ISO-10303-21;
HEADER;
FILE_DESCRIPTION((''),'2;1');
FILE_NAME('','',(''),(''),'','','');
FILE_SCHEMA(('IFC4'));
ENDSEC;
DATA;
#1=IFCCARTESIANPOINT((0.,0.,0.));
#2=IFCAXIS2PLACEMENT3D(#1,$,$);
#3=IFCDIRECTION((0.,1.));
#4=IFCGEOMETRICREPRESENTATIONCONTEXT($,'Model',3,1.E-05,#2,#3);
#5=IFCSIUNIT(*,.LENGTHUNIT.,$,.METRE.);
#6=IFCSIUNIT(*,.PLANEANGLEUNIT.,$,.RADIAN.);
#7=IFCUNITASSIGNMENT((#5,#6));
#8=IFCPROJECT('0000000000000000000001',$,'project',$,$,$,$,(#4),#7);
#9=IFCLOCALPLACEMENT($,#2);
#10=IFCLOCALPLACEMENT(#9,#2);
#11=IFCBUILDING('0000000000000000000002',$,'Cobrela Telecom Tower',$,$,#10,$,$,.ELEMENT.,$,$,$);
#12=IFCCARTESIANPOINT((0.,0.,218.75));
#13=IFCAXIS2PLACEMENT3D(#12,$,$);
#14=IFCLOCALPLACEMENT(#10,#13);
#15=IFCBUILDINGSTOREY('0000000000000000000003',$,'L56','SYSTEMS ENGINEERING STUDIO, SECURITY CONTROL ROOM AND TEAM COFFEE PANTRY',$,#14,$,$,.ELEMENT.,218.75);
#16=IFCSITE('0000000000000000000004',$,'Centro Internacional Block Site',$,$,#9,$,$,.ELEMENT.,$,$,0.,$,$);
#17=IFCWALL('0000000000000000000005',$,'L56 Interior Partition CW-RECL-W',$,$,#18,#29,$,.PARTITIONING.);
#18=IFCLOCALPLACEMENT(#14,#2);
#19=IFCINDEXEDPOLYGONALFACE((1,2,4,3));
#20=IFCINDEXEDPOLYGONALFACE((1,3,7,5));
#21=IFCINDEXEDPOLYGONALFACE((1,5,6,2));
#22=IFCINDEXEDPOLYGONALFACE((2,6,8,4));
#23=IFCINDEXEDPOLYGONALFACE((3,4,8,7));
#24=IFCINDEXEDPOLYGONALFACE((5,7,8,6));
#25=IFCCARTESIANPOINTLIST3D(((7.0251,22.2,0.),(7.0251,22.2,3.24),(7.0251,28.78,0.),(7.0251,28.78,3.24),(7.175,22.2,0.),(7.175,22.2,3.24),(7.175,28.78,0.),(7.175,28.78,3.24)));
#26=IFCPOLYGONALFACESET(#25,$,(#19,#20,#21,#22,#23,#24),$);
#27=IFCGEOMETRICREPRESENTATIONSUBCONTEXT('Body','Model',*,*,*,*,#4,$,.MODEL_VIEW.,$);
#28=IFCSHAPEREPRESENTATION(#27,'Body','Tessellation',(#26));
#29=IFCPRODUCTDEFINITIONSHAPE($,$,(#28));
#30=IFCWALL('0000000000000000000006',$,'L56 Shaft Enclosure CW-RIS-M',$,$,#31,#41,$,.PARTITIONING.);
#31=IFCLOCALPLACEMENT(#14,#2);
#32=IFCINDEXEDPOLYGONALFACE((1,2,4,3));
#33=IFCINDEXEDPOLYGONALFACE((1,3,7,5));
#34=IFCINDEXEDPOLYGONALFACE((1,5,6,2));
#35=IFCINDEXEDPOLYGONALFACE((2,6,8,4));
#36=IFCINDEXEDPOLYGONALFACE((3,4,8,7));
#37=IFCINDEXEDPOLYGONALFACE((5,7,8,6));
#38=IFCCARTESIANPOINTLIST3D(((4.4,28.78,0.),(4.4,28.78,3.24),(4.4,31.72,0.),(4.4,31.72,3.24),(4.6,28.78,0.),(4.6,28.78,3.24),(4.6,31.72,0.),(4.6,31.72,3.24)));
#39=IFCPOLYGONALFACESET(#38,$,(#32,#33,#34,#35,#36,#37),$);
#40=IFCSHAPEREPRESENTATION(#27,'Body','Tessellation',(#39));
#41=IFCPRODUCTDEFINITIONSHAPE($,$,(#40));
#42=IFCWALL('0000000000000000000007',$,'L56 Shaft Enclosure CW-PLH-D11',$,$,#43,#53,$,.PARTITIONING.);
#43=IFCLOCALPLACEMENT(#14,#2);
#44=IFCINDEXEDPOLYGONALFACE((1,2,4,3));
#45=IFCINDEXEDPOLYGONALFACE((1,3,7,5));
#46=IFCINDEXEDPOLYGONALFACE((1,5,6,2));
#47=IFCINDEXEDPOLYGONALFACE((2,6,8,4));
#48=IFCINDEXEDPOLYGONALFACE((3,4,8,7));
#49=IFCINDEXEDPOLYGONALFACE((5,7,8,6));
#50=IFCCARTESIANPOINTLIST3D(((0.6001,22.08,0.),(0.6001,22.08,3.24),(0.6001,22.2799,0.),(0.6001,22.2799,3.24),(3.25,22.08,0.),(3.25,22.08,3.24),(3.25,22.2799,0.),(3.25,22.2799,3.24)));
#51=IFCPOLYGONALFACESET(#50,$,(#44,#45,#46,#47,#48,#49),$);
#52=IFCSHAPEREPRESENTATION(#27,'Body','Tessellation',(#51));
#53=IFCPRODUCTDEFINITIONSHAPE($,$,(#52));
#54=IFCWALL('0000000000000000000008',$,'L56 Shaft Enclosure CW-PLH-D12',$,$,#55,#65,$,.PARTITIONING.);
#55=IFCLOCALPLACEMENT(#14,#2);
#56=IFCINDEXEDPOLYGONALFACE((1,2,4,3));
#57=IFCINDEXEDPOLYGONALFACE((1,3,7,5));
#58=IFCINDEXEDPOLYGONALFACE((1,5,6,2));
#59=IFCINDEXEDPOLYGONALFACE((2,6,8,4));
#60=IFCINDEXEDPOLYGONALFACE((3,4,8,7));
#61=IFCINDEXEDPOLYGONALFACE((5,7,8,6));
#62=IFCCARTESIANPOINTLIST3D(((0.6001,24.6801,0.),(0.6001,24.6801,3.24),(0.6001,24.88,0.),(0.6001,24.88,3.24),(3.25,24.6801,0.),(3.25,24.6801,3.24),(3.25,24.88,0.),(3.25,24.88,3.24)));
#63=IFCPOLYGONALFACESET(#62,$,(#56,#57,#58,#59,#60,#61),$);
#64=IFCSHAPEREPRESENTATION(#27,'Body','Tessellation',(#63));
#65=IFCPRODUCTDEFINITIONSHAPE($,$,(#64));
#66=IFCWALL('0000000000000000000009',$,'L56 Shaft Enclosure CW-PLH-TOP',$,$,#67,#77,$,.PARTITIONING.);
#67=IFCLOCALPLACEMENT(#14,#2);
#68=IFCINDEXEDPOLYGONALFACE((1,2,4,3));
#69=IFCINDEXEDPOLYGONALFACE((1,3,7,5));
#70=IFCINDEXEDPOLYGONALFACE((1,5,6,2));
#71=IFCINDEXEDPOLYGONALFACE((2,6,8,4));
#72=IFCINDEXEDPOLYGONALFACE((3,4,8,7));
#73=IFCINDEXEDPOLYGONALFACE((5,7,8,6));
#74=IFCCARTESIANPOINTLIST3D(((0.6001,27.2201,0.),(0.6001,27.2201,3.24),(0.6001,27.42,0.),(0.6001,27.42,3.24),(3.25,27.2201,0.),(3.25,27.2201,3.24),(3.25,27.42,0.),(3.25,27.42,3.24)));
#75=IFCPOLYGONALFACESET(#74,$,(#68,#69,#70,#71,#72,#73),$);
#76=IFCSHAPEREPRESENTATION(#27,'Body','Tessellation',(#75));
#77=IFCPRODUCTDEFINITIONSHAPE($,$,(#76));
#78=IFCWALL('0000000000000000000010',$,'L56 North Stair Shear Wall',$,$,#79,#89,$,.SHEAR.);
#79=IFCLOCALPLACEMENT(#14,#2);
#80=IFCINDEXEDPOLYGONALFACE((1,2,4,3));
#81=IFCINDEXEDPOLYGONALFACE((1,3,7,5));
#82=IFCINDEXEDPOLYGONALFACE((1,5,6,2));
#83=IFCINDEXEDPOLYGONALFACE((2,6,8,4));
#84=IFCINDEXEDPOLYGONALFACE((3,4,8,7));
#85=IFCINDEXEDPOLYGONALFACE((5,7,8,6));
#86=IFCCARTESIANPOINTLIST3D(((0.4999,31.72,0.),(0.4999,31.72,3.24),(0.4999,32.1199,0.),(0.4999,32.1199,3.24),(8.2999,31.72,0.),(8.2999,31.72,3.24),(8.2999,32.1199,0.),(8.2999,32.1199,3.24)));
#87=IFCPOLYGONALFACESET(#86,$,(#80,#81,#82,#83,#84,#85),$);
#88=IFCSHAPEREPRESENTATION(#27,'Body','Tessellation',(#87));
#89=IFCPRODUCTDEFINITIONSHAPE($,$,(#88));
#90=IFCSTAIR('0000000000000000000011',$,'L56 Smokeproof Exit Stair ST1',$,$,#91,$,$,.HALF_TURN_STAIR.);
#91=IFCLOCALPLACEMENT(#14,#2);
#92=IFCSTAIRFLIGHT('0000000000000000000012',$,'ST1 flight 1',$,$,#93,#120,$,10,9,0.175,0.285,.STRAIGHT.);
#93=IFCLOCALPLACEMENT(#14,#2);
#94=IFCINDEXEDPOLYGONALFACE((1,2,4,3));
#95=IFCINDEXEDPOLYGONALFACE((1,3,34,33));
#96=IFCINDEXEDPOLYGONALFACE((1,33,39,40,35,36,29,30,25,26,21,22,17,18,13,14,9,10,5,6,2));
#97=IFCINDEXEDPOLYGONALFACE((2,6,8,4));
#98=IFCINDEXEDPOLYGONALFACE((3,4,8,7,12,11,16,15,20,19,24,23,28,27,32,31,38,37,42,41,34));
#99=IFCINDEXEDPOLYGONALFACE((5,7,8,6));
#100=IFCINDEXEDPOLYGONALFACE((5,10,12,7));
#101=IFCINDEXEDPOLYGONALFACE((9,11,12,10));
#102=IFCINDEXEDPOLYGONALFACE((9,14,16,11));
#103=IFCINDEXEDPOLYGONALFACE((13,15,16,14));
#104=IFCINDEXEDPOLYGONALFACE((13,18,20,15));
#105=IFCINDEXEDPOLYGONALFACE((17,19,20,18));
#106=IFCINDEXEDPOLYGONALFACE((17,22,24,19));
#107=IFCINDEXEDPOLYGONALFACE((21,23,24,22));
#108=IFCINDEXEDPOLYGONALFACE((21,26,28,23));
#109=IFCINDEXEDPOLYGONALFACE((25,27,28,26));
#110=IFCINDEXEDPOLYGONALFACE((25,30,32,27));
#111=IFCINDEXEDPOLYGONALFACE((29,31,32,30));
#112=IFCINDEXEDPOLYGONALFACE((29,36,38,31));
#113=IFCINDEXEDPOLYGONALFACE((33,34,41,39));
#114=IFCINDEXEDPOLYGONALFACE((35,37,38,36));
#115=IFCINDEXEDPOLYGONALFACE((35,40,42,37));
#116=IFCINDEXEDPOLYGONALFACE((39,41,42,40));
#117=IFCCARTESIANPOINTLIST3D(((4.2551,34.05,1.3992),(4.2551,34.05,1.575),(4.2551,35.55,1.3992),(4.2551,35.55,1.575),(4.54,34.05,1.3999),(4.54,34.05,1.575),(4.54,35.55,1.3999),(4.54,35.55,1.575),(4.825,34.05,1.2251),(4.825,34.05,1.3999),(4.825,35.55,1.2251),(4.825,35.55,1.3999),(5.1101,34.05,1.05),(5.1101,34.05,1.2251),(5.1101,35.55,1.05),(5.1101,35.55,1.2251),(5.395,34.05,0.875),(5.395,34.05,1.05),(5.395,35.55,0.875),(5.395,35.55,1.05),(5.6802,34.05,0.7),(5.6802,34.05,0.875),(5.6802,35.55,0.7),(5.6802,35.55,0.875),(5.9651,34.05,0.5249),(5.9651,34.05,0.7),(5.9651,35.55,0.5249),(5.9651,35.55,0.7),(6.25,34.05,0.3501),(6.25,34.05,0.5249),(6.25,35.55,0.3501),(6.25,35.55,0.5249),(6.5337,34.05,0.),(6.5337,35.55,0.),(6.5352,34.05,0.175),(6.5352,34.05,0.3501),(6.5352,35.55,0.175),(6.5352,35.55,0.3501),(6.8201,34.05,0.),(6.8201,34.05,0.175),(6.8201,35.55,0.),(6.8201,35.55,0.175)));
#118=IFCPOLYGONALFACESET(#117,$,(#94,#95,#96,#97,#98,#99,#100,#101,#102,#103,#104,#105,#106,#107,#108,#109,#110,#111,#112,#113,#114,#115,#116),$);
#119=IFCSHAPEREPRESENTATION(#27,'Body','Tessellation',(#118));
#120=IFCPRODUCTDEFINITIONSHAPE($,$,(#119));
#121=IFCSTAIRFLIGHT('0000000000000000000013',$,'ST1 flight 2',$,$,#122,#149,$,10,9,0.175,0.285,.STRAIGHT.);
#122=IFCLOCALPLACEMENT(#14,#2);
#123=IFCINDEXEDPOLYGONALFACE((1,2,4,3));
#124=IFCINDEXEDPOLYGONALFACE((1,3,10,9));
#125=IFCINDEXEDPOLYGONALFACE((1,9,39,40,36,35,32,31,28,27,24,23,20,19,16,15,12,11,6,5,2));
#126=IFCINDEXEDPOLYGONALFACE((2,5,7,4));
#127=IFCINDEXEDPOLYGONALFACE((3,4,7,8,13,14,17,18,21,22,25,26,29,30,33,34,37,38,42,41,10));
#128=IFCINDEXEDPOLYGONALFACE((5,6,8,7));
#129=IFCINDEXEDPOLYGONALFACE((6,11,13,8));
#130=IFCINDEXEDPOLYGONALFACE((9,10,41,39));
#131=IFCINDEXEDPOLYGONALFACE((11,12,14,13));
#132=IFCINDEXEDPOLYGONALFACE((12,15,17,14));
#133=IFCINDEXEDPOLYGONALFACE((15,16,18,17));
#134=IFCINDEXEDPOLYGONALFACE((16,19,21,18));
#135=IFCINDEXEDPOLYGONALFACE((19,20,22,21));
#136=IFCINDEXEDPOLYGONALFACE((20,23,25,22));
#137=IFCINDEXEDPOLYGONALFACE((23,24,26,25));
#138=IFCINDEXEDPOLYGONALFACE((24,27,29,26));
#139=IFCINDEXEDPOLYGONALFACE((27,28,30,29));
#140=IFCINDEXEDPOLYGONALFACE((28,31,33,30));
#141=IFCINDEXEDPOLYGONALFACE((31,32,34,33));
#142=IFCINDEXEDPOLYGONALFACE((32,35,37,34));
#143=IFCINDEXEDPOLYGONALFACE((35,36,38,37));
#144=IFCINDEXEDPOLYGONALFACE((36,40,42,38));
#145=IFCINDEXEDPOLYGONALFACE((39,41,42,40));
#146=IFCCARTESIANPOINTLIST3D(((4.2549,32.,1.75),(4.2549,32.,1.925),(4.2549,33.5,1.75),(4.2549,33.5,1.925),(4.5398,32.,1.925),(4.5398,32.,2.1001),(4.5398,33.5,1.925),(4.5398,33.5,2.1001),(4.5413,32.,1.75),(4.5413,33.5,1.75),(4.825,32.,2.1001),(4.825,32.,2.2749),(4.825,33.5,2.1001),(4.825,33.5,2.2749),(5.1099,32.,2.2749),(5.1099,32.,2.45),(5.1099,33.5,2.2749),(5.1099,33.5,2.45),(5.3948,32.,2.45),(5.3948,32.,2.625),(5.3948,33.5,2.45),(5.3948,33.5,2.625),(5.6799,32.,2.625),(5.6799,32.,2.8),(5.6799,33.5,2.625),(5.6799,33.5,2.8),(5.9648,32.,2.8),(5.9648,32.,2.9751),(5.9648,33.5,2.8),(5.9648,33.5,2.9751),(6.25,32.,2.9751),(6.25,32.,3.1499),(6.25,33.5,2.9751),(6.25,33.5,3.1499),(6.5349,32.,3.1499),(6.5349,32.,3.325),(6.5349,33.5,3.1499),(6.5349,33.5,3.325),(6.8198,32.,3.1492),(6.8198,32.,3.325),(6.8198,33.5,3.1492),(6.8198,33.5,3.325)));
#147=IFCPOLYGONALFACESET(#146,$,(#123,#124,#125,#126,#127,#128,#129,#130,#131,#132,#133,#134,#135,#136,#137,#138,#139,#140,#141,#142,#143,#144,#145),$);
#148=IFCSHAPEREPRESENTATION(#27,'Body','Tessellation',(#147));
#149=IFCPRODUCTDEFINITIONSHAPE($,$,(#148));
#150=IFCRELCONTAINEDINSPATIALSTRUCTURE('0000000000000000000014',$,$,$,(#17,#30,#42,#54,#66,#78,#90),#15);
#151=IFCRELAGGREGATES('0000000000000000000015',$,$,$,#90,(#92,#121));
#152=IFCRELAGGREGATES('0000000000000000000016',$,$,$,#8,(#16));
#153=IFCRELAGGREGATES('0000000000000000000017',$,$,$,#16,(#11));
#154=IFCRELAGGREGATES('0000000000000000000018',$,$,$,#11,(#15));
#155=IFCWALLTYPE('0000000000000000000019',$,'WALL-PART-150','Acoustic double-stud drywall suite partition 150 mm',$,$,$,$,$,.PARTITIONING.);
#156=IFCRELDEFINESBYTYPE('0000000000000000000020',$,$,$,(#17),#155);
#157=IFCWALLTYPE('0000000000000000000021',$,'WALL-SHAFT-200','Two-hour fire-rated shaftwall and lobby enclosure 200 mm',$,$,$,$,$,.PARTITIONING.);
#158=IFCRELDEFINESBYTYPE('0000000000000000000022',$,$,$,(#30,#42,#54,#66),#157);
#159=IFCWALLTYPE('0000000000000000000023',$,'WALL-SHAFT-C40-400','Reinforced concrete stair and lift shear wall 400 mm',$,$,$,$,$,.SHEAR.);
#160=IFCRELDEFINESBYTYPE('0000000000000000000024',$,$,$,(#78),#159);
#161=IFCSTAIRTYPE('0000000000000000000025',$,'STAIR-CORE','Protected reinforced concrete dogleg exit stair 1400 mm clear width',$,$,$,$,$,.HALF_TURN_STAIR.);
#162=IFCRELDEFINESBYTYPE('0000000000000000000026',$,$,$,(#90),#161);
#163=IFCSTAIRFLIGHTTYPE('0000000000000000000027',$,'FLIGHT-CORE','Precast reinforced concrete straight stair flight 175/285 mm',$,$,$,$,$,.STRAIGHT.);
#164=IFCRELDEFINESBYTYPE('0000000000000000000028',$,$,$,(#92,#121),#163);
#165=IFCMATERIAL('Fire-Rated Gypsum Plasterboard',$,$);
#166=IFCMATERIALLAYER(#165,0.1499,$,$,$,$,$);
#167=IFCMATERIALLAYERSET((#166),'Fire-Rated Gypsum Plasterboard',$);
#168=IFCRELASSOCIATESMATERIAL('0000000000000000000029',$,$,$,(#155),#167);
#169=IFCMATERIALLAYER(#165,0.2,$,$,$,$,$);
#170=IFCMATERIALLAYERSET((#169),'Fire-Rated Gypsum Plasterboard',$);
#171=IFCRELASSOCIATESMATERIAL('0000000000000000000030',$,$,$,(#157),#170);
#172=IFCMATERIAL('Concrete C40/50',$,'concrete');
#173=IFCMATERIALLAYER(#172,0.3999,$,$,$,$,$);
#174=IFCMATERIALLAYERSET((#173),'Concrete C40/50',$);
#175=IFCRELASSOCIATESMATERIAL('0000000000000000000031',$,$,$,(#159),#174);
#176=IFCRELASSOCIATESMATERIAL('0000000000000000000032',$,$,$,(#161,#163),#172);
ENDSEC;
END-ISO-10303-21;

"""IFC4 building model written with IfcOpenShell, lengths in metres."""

from ifc_helpers import new_model, si_unit, direction, frame, frame_2d, origin, place, context, subcontext, project, spatial, polyline, rectangle, outline, extrude, material, layer, layer_set, type_object, element, aggregate, save


model = new_model("IFC4")

# Units and contexts
model_context = context("Model", 3, precision=1e-05, world=origin(), true_north=direction((0.0, 1.0)))
body_context = subcontext(model_context, "Body", "Model", "MODEL_VIEW")
ifc_project = project(units=[si_unit("LENGTHUNIT", "METRE"), si_unit("PLANEANGLEUNIT", "RADIAN")], contexts=[model_context])

# Site, building, storey
site_placement = place(None, origin())
site = spatial("IfcSite", under=ifc_project, at=site_placement, Name="Centro Internacional Block Site", CompositionType="ELEMENT", RefElevation=0.0)
building_placement = place(site_placement, origin())
building = spatial("IfcBuilding", under=site, at=building_placement, Name="Cobrela Telecom Tower", CompositionType="ELEMENT")
storey_placement = place(building_placement, frame((0.0, 0.0, 218.75)))
storey = spatial("IfcBuildingStorey", under=building, at=storey_placement, Name="L56", Description="SYSTEMS ENGINEERING STUDIO, SECURITY CONTROL ROOM AND TEAM COFFEE PANTRY", CompositionType="ELEMENT", Elevation=218.75)

# Wall
ifc_material_1 = material(Name="Fire-Rated Gypsum Plasterboard")
ifc_layer_1 = layer(ifc_material_1, 0.1499)
ifc_layer_set_1 = layer_set([ifc_layer_1], Name="Fire-Rated Gypsum Plasterboard")
wall_type_1 = type_object("IfcWallType", Name="WALL-PART-150", Description="Acoustic double-stud drywall suite partition 150 mm", PredefinedType="PARTITIONING", material=ifc_layer_set_1)
wall_1_placement = place(storey_placement, frame((7.1001, 22.2, 0.0), z_axis=(0.0, 0.0, 1.0), x_axis=(0.0, 1.0, 0.0)))
element("IfcWall", 1, at=wall_1_placement, inside=storey, type_object=wall_type_1, Name="L56 Interior Partition CW-RECL-W", PredefinedType="PARTITIONING", context=body_context, shape_type="SweptSolid", body=[
    extrude(rectangle(XDim=6.5801, YDim=0.1499, at=frame_2d((3.29, 0.0))), origin(), (0.0, 0.0, 1.0), 3.24),
])

# Shared definitions
ifc_layer_2 = layer(ifc_material_1, 0.2)
ifc_layer_set_2 = layer_set([ifc_layer_2], Name="Fire-Rated Gypsum Plasterboard")
wall_type_2 = type_object("IfcWallType", Name="WALL-SHAFT-200", Description="Two-hour fire-rated shaftwall and lobby enclosure 200 mm", PredefinedType="PARTITIONING", material=ifc_layer_set_2)

# Walls
wall_2_placement = place(storey_placement, frame((4.5, 28.78, 0.0), z_axis=(0.0, 0.0, 1.0), x_axis=(0.0, 1.0, 0.0)))
element("IfcWall", 2, at=wall_2_placement, inside=storey, type_object=wall_type_2, Name="L56 Shaft Enclosure CW-RIS-M", PredefinedType="PARTITIONING", context=body_context, shape_type="SweptSolid", body=[
    extrude(rectangle(XDim=2.9399, YDim=0.2, at=frame_2d((1.47, 0.0))), origin(), (0.0, 0.0, 1.0), 3.24),
])
for number, where, z_axis, x_axis, name in (
    (3, (0.6001, 22.1799, 0.0), (0.0, 0.0, 1.0), (1.0, 0.0, 0.0), "L56 Shaft Enclosure CW-PLH-D11"),
    (4, (0.6001, 24.78, 0.0), (0.0, 0.0, 1.0), (1.0, 0.0, 0.0), "L56 Shaft Enclosure CW-PLH-D12"),
    (5, (0.6001, 27.3201, 0.0), (0.0, 0.0, 1.0), (1.0, 0.0, 0.0), "L56 Shaft Enclosure CW-PLH-TOP"),
):
    element("IfcWall", number, at=place(storey_placement, frame(where, z_axis=z_axis, x_axis=x_axis)), inside=storey, type_object=wall_type_2, Name=name, PredefinedType="PARTITIONING", context=body_context, shape_type="SweptSolid", body=[
        extrude(rectangle(XDim=2.6499, YDim=0.2, at=frame_2d((1.325, 0.0))), origin(), (0.0, 0.0, 1.0), 3.24),
    ])
ifc_material_2 = material(Name="Concrete C40/50", Category="concrete")
ifc_layer_3 = layer(ifc_material_2, 0.3999)
ifc_layer_set_3 = layer_set([ifc_layer_3], Name="Concrete C40/50")
wall_type_3 = type_object("IfcWallType", Name="WALL-SHAFT-C40-400", Description="Reinforced concrete stair and lift shear wall 400 mm", PredefinedType="SHEAR", material=ifc_layer_set_3)
wall_3_placement = place(storey_placement, frame((0.5, 31.9199, 0.0), z_axis=(0.0, 0.0, 1.0), x_axis=(1.0, 0.0, 0.0)))
element("IfcWall", 6, at=wall_3_placement, inside=storey, type_object=wall_type_3, Name="L56 North Stair Shear Wall", PredefinedType="SHEAR", context=body_context, shape_type="SweptSolid", body=[
    extrude(rectangle(XDim=7.8, YDim=0.3999, at=frame_2d((3.8999, 0.0))), origin(), (0.0, 0.0, 1.0), 3.24),
])

# Stair, stair flights
stair_type = type_object("IfcStairType", Name="STAIR-CORE", Description="Protected reinforced concrete dogleg exit stair 1400 mm clear width", PredefinedType="HALF_TURN_STAIR", material=ifc_material_2)
stair_placement = place(storey_placement, origin())
stair = element("IfcStair", 7, at=stair_placement, inside=storey, type_object=stair_type, Name="L56 Smokeproof Exit Stair ST1", PredefinedType="HALF_TURN_STAIR")
stair_flight_type = type_object("IfcStairFlightType", Name="FLIGHT-CORE", Description="Precast reinforced concrete straight stair flight 175/285 mm", PredefinedType="STRAIGHT", material=ifc_material_2)
stair_flight_1_placement = place(storey_placement, frame((6.8201, 34.8, 0.0), z_axis=(0.0, 0.0, 1.0), x_axis=(-1.0, 0.0, 0.0)))
stair_flight_1 = element("IfcStairFlight", 8, at=stair_flight_1_placement, type_object=stair_flight_type, Name="ST1 flight 1", NumberOfRisers=10, NumberOfTreads=9, PredefinedType="STRAIGHT", RiserHeight=0.175, TreadLength=0.285, context=body_context, shape_type="SweptSolid", body=[
    extrude(outline(polyline([(0.0, 0.0), (0.0, 0.175), (0.2849, 0.175), (0.2849, 0.3501), (0.5701, 0.3501), (0.5701, 0.5249), (0.855, 0.5249), (0.855, 0.7), (1.1399, 0.7), (1.1399, 0.875), (1.425, 0.875), (1.425, 1.05), (1.71, 1.05), (1.71, 1.2251), (1.9951, 1.2251), (1.9951, 1.3999), (2.28, 1.3999), (2.28, 1.575), (2.5649, 1.575), (2.5649, 1.75), (2.5649, 1.3992), (0.2864, 0.0), (0.0, 0.0)])), frame((0.0, 0.75, 0.0), z_axis=(0.0, -1.0, 0.0), x_axis=(1.0, 0.0, 0.0)), (0.0, 0.0, 1.0), 1.5),
])
stair_flight_2_placement = place(storey_placement, frame((4.2549, 32.75, 1.75), z_axis=(0.0, 0.0, 1.0), x_axis=(1.0, 0.0, 0.0)))
stair_flight_2 = element("IfcStairFlight", 9, at=stair_flight_2_placement, type_object=stair_flight_type, Name="ST1 flight 2", NumberOfRisers=10, NumberOfTreads=9, PredefinedType="STRAIGHT", RiserHeight=0.175, TreadLength=0.285, context=body_context, shape_type="SweptSolid", body=[
    extrude(outline(polyline([(0.0, 0.0), (0.0, 0.175), (0.2849, 0.175), (0.2849, 0.3501), (0.5701, 0.3501), (0.5701, 0.5249), (0.855, 0.5249), (0.855, 0.7), (1.1399, 0.7), (1.1399, 0.875), (1.425, 0.875), (1.425, 1.05), (1.71, 1.05), (1.71, 1.2251), (1.9951, 1.2251), (1.9951, 1.3999), (2.28, 1.3999), (2.28, 1.575), (2.5649, 1.575), (2.5649, 1.75), (2.5649, 1.3992), (0.2864, 0.0), (0.0, 0.0)])), frame((0.0, 0.75, 0.0), z_axis=(0.0, -1.0, 0.0), x_axis=(1.0, 0.0, 0.0)), (0.0, 0.0, 1.0), 1.5),
])
aggregate(stair, [stair_flight_1, stair_flight_2])

save(model, "model.ifc")
